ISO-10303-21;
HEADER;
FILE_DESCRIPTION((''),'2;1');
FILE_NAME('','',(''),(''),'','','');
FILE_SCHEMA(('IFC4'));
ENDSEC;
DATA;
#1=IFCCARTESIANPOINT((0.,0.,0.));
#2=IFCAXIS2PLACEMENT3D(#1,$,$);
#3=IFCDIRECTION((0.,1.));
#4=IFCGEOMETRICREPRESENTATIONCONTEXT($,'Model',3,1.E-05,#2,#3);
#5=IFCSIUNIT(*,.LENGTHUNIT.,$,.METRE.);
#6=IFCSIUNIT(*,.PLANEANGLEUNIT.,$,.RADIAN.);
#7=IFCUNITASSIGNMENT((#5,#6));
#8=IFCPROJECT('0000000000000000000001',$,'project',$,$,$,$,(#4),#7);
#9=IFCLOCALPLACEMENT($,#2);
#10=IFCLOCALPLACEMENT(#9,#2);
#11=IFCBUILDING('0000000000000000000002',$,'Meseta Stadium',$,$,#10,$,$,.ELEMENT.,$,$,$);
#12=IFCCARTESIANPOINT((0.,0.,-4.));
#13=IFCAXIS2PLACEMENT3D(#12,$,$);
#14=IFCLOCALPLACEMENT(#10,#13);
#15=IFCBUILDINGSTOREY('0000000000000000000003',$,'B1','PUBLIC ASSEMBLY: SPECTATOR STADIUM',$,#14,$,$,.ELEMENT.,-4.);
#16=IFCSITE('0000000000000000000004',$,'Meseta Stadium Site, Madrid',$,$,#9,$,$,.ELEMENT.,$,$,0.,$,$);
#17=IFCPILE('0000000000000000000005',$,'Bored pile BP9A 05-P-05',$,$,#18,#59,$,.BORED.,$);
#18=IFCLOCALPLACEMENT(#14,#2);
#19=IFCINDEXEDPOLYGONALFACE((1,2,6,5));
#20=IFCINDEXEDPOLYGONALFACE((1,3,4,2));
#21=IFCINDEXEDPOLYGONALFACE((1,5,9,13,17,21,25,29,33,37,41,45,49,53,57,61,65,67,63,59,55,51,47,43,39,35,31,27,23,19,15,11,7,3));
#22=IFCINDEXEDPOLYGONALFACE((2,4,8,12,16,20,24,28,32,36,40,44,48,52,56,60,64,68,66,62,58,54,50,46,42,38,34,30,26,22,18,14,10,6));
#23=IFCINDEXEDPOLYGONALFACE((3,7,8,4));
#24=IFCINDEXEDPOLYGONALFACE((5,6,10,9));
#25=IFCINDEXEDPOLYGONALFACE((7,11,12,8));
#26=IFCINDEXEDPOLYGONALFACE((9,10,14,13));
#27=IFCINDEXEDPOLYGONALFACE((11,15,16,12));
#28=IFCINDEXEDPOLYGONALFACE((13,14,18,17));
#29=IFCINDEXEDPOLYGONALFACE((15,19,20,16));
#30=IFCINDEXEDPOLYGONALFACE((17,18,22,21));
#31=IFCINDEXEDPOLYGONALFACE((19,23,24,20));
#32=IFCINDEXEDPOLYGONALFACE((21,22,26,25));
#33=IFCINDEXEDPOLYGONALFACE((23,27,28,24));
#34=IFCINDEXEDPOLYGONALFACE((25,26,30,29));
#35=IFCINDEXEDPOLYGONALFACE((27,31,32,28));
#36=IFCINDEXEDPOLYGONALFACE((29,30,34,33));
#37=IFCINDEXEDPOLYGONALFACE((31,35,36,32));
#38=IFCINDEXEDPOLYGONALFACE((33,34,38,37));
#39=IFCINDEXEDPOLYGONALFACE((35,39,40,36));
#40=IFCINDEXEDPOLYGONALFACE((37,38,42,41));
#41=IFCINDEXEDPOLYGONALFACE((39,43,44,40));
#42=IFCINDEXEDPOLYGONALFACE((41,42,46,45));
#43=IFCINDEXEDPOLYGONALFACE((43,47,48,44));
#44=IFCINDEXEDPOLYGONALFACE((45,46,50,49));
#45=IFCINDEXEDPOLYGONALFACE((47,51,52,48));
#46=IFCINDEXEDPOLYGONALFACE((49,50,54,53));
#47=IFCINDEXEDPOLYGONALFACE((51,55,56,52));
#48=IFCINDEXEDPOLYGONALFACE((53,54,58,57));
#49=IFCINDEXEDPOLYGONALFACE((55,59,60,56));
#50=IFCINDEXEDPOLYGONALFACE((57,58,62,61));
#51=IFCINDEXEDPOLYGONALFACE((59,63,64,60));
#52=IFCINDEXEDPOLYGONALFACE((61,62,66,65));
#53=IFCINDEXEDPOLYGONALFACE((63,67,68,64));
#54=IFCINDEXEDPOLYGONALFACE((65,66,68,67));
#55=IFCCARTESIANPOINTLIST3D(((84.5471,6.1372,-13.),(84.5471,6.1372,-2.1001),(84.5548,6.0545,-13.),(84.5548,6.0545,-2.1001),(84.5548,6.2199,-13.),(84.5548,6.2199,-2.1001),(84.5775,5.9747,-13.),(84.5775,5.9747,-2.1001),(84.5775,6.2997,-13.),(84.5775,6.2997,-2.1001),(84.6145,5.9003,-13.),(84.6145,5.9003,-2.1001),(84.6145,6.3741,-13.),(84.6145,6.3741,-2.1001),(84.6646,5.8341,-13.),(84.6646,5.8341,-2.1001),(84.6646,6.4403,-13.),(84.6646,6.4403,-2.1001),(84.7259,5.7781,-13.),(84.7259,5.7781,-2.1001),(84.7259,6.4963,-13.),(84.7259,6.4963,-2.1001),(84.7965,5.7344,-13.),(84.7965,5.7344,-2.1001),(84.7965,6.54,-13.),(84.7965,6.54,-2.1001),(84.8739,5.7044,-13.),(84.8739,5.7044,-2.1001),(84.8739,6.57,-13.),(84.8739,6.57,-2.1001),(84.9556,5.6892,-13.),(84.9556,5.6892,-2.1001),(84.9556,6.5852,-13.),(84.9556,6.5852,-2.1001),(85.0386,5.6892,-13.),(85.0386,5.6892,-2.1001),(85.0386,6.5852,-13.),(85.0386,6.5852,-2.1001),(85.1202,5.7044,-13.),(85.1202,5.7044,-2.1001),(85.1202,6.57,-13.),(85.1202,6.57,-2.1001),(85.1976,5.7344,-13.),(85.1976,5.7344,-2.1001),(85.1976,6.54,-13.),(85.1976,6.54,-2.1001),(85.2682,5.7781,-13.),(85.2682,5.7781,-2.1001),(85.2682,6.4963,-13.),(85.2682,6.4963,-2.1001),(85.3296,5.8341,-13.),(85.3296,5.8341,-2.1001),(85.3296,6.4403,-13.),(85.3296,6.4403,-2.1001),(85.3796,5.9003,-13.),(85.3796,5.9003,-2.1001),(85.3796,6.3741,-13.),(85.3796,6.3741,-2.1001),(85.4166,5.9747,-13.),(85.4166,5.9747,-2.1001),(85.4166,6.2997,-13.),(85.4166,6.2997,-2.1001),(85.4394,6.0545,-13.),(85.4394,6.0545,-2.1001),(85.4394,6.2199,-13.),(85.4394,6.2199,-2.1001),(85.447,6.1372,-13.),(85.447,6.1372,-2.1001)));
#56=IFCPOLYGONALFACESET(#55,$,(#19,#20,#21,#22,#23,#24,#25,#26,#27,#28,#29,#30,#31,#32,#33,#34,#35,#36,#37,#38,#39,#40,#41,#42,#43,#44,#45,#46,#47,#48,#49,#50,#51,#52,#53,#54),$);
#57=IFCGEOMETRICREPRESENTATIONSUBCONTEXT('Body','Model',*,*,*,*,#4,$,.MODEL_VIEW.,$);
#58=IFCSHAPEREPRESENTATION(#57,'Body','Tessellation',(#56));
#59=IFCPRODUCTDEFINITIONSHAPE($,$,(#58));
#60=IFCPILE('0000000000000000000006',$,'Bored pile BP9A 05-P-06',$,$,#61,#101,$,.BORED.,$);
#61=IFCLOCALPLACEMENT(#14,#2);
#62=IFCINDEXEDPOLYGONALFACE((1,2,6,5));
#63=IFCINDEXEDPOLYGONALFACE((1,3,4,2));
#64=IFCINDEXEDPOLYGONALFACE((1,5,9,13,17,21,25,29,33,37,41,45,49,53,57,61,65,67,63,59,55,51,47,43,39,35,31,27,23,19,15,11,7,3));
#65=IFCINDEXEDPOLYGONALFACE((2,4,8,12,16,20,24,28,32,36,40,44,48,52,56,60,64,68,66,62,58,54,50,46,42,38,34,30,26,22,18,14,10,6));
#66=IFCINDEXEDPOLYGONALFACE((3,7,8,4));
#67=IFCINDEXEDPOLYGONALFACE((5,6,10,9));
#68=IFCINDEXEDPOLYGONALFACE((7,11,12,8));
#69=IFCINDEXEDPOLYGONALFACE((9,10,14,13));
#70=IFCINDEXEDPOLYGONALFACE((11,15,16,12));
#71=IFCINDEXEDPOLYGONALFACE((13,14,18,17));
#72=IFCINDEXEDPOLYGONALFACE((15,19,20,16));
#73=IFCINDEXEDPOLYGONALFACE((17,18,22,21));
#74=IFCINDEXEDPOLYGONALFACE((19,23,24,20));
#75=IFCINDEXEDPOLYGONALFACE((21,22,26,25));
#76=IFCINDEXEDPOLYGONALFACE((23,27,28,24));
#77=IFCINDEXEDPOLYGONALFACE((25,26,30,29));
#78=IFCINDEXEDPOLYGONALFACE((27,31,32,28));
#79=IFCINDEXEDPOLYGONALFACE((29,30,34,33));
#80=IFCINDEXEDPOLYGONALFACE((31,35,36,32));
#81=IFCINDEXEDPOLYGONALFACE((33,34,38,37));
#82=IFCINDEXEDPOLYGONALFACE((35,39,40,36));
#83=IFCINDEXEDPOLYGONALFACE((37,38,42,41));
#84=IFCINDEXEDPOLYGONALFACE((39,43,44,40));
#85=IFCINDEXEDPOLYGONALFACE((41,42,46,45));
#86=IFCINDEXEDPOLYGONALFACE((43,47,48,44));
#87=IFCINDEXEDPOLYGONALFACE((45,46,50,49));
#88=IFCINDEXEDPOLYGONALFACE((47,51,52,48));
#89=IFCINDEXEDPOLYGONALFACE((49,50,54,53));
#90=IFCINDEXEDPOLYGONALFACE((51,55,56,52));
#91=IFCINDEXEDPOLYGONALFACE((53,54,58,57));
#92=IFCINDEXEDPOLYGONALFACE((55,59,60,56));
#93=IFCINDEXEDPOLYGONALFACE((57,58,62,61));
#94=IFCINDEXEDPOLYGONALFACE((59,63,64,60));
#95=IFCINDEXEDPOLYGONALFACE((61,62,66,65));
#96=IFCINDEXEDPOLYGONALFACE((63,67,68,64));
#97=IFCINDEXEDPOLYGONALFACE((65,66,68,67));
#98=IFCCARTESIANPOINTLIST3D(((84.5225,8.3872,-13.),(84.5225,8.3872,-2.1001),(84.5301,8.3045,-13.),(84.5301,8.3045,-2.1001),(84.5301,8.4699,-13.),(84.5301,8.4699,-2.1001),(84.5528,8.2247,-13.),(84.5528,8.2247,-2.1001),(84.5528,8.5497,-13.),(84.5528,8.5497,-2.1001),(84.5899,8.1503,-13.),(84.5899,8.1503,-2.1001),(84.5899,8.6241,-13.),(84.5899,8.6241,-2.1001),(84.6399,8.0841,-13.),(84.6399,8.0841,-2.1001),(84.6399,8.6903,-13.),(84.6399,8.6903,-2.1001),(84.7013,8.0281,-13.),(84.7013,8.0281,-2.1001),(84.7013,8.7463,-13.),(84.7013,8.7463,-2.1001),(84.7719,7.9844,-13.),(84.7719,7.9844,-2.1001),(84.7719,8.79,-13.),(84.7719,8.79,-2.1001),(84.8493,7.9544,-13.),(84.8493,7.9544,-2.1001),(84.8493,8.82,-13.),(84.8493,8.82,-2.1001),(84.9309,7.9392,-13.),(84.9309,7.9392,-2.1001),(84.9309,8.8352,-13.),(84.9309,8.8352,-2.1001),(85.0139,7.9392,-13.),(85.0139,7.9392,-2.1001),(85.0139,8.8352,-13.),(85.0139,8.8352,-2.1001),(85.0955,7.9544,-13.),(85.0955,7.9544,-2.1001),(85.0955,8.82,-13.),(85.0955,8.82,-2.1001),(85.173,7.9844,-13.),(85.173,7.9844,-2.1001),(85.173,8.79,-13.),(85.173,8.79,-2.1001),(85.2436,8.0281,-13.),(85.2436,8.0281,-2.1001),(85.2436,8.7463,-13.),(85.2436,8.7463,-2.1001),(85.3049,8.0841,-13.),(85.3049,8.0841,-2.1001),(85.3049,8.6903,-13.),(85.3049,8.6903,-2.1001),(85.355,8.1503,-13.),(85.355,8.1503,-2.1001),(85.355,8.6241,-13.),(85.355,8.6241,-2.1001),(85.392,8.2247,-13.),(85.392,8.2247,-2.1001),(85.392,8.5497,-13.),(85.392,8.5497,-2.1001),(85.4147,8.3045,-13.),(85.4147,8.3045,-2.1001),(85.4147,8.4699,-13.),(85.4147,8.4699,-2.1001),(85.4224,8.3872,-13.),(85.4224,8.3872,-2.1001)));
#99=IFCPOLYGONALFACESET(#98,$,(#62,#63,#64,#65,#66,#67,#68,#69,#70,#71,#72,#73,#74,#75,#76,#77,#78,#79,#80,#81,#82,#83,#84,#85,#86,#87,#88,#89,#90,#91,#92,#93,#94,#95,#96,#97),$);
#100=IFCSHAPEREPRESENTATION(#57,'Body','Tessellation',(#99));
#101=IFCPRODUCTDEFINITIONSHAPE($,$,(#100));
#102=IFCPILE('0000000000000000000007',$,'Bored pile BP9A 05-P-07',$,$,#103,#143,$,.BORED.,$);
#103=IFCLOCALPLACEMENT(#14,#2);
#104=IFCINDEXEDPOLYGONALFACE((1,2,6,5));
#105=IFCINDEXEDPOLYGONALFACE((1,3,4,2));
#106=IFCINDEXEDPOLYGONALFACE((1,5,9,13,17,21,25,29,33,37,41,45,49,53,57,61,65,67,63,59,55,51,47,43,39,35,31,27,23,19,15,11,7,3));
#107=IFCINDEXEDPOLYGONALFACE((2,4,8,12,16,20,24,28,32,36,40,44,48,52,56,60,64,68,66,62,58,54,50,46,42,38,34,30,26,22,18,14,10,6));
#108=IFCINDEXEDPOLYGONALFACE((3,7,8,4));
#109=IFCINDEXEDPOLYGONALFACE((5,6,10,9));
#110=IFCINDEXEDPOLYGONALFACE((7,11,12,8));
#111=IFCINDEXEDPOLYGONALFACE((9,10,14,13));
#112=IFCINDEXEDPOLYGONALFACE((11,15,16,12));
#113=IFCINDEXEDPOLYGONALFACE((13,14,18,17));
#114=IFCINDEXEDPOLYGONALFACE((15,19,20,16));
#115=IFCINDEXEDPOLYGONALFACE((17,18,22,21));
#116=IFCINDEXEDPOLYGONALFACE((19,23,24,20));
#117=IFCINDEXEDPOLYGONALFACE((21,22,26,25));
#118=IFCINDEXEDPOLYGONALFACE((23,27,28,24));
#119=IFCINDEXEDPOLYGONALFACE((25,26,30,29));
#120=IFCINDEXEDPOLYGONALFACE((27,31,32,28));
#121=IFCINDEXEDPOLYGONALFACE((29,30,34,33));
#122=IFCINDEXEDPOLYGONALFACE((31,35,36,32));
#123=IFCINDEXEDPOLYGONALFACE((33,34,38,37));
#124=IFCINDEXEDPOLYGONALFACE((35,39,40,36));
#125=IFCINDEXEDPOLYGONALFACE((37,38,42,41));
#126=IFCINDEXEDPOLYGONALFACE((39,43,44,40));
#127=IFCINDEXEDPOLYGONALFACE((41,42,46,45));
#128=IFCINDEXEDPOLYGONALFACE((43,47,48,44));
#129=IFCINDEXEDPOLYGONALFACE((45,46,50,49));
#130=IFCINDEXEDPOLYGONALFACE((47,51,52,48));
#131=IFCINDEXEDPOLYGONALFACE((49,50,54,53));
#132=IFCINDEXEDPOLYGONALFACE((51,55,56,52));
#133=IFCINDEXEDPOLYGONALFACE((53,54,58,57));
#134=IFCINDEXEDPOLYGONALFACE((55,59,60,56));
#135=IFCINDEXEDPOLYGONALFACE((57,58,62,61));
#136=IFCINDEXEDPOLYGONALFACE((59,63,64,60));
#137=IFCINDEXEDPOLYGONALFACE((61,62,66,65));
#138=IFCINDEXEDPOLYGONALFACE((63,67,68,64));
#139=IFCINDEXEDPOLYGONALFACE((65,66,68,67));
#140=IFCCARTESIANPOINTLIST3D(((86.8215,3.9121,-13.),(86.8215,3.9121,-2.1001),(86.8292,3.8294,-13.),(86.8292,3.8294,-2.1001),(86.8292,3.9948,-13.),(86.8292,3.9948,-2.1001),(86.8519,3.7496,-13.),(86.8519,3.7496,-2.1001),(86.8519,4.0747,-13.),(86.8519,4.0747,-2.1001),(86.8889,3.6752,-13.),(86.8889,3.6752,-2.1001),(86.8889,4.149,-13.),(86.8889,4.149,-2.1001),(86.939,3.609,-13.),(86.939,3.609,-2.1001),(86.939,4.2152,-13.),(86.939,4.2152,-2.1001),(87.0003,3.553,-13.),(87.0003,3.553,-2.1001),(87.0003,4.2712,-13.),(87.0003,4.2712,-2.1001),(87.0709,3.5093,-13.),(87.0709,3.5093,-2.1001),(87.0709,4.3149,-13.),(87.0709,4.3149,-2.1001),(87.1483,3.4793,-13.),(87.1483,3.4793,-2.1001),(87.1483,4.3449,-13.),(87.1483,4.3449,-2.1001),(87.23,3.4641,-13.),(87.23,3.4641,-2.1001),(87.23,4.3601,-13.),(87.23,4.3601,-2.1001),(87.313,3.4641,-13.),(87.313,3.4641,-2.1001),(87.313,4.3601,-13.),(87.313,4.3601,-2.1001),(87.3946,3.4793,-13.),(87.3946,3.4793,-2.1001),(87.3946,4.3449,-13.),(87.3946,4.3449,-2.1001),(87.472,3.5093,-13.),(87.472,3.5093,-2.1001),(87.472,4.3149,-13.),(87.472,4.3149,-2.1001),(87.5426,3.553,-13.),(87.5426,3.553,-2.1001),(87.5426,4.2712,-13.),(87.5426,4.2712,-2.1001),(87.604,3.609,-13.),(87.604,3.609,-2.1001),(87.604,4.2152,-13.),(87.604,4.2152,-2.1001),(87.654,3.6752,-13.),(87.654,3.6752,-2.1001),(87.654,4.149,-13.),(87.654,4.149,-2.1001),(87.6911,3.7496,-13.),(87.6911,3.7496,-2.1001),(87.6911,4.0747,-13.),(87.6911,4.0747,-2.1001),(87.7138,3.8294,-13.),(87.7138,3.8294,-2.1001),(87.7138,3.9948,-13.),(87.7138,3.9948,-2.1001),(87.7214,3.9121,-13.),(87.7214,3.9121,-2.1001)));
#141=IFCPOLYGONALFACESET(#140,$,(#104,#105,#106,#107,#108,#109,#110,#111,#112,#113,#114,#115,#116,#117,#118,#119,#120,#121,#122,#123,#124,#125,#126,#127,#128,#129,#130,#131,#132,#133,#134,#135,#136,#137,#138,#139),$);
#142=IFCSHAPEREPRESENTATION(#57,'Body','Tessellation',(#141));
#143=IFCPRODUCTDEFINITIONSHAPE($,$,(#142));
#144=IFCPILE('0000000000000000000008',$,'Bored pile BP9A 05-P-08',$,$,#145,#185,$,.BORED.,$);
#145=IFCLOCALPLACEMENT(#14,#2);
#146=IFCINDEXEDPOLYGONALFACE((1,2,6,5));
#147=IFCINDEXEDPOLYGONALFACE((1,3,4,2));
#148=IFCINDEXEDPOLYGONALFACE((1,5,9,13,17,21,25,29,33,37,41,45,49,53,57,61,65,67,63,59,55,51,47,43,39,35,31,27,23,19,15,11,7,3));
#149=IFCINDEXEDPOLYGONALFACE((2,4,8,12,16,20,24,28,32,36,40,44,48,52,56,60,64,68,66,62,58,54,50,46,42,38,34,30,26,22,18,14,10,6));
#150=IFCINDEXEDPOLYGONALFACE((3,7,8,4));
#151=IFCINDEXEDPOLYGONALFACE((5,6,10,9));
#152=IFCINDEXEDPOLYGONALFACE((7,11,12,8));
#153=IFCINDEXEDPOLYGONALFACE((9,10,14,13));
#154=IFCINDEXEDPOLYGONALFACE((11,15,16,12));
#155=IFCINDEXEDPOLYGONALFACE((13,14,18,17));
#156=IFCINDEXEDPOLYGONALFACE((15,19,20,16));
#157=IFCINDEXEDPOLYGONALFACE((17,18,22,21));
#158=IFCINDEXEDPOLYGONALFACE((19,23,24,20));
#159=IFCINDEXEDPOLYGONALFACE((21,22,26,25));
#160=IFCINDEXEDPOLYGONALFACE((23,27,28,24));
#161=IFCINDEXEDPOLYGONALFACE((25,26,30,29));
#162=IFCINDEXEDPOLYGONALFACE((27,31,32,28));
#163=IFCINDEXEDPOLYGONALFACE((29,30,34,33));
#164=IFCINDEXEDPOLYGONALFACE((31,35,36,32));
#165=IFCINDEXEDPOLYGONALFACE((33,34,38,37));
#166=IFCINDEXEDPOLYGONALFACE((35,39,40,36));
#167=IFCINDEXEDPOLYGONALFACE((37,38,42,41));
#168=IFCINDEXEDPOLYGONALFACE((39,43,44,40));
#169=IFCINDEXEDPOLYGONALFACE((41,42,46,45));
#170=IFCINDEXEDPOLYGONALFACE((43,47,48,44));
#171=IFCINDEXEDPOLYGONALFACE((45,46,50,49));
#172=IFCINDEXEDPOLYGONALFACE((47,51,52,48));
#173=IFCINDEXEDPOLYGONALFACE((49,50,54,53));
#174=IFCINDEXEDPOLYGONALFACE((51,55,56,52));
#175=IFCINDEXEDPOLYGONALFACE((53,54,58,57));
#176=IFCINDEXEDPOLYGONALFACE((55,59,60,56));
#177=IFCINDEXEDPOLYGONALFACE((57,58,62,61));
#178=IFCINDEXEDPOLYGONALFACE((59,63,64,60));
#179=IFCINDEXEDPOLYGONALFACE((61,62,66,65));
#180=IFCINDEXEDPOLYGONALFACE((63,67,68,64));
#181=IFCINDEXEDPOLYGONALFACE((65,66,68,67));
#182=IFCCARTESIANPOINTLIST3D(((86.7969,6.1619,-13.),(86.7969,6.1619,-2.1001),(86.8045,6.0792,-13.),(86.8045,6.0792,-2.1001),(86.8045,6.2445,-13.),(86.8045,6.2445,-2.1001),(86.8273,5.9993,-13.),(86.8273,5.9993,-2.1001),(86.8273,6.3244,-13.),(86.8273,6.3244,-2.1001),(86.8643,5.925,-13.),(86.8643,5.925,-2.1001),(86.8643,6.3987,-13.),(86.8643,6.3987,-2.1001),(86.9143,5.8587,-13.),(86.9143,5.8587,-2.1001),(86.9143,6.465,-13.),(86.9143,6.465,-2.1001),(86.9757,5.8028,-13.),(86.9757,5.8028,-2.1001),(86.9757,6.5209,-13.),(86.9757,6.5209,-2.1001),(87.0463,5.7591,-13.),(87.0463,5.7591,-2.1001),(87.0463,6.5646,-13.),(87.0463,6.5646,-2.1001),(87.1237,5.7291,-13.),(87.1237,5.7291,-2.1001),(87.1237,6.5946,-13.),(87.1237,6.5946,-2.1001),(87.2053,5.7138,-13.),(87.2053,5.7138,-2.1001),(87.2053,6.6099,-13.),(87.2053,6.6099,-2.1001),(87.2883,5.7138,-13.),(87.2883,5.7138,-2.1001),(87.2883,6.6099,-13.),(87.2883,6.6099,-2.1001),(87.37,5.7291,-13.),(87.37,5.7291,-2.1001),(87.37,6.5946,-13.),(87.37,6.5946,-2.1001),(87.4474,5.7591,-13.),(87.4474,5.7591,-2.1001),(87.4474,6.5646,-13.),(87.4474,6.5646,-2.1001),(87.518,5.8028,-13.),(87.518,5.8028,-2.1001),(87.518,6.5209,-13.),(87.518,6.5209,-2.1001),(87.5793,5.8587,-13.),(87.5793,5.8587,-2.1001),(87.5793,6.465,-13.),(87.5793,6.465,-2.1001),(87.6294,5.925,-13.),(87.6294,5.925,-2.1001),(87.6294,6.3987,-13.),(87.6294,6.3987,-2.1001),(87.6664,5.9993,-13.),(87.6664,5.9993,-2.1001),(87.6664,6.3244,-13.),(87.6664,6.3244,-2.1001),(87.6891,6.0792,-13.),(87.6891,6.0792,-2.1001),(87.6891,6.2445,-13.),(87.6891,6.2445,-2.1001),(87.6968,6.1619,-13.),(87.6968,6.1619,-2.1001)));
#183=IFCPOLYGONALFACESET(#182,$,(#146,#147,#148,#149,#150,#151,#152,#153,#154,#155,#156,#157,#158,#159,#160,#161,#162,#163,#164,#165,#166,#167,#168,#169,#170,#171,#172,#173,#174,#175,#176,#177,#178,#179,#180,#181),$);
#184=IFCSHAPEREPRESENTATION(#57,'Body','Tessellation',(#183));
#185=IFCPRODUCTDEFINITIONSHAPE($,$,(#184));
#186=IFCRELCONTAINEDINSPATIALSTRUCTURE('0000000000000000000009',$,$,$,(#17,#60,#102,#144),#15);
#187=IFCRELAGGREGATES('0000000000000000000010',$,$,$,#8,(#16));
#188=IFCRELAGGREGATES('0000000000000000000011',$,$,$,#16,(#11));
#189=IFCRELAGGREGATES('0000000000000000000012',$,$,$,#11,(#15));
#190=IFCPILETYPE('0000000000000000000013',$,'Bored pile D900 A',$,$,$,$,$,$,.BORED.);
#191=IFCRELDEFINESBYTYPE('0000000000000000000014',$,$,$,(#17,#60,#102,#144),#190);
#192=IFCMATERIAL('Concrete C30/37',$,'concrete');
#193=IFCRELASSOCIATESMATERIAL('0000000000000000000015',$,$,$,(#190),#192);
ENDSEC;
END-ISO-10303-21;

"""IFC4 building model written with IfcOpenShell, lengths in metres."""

from ifc_helpers import new_model, si_unit, direction, frame, origin, origin_2d, place, context, subcontext, project, spatial, circle, extrude, material, material_profile, profile_set, type_object, element, save


model = new_model("IFC4")

# Units and contexts
model_context = context("Model", 3, precision=1e-05, world=origin(), true_north=direction((0.0, 1.0)))
body_context = subcontext(model_context, "Body", "Model", "MODEL_VIEW")
ifc_project = project(units=[si_unit("LENGTHUNIT", "METRE"), si_unit("PLANEANGLEUNIT", "RADIAN")], contexts=[model_context])

# Site, building, storey
site_placement = place(None, origin())
site = spatial("IfcSite", under=ifc_project, at=site_placement, Name="Meseta Stadium Site, Madrid", CompositionType="ELEMENT", RefElevation=0.0)
building_placement = place(site_placement, origin())
building = spatial("IfcBuilding", under=site, at=building_placement, Name="Meseta Stadium", CompositionType="ELEMENT")
storey_placement = place(building_placement, frame((0.0, 0.0, -4.0)))
storey = spatial("IfcBuildingStorey", under=building, at=storey_placement, Name="B1", Description="PUBLIC ASSEMBLY: SPECTATOR STADIUM", CompositionType="ELEMENT", Elevation=-4.0)

# Piles
ifc_material_1 = material(Name="Concrete C30/37", Category="concrete")
ifc_material_profile_1 = material_profile(ifc_material_1, circle(Radius=0.45, at=origin_2d()), Name="D900")
ifc_profile_set_1 = profile_set([ifc_material_profile_1], Name="Concrete C30/37")
pile_type = type_object("IfcPileType", Name="Bored pile D900 A", PredefinedType="BORED", material=ifc_profile_set_1)
for number, where, z_axis, x_axis, name in (
    (1, (84.9971, 6.1372, -2.1001), (0.0, 0.0, -1.0), (1.0, 0.0, 0.0), "Bored pile BP9A 05-P-05"),
    (2, (84.9724, 8.3872, -2.1001), (0.0, 0.0, -1.0), (1.0, 0.0, 0.0), "Bored pile BP9A 05-P-06"),
    (3, (87.2715, 3.9121, -2.1001), (0.0, 0.0, -1.0), (1.0, 0.0, 0.0), "Bored pile BP9A 05-P-07"),
    (4, (87.2468, 6.1619, -2.1001), (0.0, 0.0, -1.0), (1.0, 0.0, 0.0), "Bored pile BP9A 05-P-08"),
):
    element("IfcPile", number, at=place(storey_placement, frame(where, z_axis=z_axis, x_axis=x_axis)), inside=storey, type_object=pile_type, Name=name, PredefinedType="BORED", context=body_context, shape_type="SweptSolid", body=[
        extrude(circle(Radius=0.45, at=origin_2d()), origin(), (0.0, 0.0, 1.0), 10.8999),
    ])

save(model, "model.ifc")
